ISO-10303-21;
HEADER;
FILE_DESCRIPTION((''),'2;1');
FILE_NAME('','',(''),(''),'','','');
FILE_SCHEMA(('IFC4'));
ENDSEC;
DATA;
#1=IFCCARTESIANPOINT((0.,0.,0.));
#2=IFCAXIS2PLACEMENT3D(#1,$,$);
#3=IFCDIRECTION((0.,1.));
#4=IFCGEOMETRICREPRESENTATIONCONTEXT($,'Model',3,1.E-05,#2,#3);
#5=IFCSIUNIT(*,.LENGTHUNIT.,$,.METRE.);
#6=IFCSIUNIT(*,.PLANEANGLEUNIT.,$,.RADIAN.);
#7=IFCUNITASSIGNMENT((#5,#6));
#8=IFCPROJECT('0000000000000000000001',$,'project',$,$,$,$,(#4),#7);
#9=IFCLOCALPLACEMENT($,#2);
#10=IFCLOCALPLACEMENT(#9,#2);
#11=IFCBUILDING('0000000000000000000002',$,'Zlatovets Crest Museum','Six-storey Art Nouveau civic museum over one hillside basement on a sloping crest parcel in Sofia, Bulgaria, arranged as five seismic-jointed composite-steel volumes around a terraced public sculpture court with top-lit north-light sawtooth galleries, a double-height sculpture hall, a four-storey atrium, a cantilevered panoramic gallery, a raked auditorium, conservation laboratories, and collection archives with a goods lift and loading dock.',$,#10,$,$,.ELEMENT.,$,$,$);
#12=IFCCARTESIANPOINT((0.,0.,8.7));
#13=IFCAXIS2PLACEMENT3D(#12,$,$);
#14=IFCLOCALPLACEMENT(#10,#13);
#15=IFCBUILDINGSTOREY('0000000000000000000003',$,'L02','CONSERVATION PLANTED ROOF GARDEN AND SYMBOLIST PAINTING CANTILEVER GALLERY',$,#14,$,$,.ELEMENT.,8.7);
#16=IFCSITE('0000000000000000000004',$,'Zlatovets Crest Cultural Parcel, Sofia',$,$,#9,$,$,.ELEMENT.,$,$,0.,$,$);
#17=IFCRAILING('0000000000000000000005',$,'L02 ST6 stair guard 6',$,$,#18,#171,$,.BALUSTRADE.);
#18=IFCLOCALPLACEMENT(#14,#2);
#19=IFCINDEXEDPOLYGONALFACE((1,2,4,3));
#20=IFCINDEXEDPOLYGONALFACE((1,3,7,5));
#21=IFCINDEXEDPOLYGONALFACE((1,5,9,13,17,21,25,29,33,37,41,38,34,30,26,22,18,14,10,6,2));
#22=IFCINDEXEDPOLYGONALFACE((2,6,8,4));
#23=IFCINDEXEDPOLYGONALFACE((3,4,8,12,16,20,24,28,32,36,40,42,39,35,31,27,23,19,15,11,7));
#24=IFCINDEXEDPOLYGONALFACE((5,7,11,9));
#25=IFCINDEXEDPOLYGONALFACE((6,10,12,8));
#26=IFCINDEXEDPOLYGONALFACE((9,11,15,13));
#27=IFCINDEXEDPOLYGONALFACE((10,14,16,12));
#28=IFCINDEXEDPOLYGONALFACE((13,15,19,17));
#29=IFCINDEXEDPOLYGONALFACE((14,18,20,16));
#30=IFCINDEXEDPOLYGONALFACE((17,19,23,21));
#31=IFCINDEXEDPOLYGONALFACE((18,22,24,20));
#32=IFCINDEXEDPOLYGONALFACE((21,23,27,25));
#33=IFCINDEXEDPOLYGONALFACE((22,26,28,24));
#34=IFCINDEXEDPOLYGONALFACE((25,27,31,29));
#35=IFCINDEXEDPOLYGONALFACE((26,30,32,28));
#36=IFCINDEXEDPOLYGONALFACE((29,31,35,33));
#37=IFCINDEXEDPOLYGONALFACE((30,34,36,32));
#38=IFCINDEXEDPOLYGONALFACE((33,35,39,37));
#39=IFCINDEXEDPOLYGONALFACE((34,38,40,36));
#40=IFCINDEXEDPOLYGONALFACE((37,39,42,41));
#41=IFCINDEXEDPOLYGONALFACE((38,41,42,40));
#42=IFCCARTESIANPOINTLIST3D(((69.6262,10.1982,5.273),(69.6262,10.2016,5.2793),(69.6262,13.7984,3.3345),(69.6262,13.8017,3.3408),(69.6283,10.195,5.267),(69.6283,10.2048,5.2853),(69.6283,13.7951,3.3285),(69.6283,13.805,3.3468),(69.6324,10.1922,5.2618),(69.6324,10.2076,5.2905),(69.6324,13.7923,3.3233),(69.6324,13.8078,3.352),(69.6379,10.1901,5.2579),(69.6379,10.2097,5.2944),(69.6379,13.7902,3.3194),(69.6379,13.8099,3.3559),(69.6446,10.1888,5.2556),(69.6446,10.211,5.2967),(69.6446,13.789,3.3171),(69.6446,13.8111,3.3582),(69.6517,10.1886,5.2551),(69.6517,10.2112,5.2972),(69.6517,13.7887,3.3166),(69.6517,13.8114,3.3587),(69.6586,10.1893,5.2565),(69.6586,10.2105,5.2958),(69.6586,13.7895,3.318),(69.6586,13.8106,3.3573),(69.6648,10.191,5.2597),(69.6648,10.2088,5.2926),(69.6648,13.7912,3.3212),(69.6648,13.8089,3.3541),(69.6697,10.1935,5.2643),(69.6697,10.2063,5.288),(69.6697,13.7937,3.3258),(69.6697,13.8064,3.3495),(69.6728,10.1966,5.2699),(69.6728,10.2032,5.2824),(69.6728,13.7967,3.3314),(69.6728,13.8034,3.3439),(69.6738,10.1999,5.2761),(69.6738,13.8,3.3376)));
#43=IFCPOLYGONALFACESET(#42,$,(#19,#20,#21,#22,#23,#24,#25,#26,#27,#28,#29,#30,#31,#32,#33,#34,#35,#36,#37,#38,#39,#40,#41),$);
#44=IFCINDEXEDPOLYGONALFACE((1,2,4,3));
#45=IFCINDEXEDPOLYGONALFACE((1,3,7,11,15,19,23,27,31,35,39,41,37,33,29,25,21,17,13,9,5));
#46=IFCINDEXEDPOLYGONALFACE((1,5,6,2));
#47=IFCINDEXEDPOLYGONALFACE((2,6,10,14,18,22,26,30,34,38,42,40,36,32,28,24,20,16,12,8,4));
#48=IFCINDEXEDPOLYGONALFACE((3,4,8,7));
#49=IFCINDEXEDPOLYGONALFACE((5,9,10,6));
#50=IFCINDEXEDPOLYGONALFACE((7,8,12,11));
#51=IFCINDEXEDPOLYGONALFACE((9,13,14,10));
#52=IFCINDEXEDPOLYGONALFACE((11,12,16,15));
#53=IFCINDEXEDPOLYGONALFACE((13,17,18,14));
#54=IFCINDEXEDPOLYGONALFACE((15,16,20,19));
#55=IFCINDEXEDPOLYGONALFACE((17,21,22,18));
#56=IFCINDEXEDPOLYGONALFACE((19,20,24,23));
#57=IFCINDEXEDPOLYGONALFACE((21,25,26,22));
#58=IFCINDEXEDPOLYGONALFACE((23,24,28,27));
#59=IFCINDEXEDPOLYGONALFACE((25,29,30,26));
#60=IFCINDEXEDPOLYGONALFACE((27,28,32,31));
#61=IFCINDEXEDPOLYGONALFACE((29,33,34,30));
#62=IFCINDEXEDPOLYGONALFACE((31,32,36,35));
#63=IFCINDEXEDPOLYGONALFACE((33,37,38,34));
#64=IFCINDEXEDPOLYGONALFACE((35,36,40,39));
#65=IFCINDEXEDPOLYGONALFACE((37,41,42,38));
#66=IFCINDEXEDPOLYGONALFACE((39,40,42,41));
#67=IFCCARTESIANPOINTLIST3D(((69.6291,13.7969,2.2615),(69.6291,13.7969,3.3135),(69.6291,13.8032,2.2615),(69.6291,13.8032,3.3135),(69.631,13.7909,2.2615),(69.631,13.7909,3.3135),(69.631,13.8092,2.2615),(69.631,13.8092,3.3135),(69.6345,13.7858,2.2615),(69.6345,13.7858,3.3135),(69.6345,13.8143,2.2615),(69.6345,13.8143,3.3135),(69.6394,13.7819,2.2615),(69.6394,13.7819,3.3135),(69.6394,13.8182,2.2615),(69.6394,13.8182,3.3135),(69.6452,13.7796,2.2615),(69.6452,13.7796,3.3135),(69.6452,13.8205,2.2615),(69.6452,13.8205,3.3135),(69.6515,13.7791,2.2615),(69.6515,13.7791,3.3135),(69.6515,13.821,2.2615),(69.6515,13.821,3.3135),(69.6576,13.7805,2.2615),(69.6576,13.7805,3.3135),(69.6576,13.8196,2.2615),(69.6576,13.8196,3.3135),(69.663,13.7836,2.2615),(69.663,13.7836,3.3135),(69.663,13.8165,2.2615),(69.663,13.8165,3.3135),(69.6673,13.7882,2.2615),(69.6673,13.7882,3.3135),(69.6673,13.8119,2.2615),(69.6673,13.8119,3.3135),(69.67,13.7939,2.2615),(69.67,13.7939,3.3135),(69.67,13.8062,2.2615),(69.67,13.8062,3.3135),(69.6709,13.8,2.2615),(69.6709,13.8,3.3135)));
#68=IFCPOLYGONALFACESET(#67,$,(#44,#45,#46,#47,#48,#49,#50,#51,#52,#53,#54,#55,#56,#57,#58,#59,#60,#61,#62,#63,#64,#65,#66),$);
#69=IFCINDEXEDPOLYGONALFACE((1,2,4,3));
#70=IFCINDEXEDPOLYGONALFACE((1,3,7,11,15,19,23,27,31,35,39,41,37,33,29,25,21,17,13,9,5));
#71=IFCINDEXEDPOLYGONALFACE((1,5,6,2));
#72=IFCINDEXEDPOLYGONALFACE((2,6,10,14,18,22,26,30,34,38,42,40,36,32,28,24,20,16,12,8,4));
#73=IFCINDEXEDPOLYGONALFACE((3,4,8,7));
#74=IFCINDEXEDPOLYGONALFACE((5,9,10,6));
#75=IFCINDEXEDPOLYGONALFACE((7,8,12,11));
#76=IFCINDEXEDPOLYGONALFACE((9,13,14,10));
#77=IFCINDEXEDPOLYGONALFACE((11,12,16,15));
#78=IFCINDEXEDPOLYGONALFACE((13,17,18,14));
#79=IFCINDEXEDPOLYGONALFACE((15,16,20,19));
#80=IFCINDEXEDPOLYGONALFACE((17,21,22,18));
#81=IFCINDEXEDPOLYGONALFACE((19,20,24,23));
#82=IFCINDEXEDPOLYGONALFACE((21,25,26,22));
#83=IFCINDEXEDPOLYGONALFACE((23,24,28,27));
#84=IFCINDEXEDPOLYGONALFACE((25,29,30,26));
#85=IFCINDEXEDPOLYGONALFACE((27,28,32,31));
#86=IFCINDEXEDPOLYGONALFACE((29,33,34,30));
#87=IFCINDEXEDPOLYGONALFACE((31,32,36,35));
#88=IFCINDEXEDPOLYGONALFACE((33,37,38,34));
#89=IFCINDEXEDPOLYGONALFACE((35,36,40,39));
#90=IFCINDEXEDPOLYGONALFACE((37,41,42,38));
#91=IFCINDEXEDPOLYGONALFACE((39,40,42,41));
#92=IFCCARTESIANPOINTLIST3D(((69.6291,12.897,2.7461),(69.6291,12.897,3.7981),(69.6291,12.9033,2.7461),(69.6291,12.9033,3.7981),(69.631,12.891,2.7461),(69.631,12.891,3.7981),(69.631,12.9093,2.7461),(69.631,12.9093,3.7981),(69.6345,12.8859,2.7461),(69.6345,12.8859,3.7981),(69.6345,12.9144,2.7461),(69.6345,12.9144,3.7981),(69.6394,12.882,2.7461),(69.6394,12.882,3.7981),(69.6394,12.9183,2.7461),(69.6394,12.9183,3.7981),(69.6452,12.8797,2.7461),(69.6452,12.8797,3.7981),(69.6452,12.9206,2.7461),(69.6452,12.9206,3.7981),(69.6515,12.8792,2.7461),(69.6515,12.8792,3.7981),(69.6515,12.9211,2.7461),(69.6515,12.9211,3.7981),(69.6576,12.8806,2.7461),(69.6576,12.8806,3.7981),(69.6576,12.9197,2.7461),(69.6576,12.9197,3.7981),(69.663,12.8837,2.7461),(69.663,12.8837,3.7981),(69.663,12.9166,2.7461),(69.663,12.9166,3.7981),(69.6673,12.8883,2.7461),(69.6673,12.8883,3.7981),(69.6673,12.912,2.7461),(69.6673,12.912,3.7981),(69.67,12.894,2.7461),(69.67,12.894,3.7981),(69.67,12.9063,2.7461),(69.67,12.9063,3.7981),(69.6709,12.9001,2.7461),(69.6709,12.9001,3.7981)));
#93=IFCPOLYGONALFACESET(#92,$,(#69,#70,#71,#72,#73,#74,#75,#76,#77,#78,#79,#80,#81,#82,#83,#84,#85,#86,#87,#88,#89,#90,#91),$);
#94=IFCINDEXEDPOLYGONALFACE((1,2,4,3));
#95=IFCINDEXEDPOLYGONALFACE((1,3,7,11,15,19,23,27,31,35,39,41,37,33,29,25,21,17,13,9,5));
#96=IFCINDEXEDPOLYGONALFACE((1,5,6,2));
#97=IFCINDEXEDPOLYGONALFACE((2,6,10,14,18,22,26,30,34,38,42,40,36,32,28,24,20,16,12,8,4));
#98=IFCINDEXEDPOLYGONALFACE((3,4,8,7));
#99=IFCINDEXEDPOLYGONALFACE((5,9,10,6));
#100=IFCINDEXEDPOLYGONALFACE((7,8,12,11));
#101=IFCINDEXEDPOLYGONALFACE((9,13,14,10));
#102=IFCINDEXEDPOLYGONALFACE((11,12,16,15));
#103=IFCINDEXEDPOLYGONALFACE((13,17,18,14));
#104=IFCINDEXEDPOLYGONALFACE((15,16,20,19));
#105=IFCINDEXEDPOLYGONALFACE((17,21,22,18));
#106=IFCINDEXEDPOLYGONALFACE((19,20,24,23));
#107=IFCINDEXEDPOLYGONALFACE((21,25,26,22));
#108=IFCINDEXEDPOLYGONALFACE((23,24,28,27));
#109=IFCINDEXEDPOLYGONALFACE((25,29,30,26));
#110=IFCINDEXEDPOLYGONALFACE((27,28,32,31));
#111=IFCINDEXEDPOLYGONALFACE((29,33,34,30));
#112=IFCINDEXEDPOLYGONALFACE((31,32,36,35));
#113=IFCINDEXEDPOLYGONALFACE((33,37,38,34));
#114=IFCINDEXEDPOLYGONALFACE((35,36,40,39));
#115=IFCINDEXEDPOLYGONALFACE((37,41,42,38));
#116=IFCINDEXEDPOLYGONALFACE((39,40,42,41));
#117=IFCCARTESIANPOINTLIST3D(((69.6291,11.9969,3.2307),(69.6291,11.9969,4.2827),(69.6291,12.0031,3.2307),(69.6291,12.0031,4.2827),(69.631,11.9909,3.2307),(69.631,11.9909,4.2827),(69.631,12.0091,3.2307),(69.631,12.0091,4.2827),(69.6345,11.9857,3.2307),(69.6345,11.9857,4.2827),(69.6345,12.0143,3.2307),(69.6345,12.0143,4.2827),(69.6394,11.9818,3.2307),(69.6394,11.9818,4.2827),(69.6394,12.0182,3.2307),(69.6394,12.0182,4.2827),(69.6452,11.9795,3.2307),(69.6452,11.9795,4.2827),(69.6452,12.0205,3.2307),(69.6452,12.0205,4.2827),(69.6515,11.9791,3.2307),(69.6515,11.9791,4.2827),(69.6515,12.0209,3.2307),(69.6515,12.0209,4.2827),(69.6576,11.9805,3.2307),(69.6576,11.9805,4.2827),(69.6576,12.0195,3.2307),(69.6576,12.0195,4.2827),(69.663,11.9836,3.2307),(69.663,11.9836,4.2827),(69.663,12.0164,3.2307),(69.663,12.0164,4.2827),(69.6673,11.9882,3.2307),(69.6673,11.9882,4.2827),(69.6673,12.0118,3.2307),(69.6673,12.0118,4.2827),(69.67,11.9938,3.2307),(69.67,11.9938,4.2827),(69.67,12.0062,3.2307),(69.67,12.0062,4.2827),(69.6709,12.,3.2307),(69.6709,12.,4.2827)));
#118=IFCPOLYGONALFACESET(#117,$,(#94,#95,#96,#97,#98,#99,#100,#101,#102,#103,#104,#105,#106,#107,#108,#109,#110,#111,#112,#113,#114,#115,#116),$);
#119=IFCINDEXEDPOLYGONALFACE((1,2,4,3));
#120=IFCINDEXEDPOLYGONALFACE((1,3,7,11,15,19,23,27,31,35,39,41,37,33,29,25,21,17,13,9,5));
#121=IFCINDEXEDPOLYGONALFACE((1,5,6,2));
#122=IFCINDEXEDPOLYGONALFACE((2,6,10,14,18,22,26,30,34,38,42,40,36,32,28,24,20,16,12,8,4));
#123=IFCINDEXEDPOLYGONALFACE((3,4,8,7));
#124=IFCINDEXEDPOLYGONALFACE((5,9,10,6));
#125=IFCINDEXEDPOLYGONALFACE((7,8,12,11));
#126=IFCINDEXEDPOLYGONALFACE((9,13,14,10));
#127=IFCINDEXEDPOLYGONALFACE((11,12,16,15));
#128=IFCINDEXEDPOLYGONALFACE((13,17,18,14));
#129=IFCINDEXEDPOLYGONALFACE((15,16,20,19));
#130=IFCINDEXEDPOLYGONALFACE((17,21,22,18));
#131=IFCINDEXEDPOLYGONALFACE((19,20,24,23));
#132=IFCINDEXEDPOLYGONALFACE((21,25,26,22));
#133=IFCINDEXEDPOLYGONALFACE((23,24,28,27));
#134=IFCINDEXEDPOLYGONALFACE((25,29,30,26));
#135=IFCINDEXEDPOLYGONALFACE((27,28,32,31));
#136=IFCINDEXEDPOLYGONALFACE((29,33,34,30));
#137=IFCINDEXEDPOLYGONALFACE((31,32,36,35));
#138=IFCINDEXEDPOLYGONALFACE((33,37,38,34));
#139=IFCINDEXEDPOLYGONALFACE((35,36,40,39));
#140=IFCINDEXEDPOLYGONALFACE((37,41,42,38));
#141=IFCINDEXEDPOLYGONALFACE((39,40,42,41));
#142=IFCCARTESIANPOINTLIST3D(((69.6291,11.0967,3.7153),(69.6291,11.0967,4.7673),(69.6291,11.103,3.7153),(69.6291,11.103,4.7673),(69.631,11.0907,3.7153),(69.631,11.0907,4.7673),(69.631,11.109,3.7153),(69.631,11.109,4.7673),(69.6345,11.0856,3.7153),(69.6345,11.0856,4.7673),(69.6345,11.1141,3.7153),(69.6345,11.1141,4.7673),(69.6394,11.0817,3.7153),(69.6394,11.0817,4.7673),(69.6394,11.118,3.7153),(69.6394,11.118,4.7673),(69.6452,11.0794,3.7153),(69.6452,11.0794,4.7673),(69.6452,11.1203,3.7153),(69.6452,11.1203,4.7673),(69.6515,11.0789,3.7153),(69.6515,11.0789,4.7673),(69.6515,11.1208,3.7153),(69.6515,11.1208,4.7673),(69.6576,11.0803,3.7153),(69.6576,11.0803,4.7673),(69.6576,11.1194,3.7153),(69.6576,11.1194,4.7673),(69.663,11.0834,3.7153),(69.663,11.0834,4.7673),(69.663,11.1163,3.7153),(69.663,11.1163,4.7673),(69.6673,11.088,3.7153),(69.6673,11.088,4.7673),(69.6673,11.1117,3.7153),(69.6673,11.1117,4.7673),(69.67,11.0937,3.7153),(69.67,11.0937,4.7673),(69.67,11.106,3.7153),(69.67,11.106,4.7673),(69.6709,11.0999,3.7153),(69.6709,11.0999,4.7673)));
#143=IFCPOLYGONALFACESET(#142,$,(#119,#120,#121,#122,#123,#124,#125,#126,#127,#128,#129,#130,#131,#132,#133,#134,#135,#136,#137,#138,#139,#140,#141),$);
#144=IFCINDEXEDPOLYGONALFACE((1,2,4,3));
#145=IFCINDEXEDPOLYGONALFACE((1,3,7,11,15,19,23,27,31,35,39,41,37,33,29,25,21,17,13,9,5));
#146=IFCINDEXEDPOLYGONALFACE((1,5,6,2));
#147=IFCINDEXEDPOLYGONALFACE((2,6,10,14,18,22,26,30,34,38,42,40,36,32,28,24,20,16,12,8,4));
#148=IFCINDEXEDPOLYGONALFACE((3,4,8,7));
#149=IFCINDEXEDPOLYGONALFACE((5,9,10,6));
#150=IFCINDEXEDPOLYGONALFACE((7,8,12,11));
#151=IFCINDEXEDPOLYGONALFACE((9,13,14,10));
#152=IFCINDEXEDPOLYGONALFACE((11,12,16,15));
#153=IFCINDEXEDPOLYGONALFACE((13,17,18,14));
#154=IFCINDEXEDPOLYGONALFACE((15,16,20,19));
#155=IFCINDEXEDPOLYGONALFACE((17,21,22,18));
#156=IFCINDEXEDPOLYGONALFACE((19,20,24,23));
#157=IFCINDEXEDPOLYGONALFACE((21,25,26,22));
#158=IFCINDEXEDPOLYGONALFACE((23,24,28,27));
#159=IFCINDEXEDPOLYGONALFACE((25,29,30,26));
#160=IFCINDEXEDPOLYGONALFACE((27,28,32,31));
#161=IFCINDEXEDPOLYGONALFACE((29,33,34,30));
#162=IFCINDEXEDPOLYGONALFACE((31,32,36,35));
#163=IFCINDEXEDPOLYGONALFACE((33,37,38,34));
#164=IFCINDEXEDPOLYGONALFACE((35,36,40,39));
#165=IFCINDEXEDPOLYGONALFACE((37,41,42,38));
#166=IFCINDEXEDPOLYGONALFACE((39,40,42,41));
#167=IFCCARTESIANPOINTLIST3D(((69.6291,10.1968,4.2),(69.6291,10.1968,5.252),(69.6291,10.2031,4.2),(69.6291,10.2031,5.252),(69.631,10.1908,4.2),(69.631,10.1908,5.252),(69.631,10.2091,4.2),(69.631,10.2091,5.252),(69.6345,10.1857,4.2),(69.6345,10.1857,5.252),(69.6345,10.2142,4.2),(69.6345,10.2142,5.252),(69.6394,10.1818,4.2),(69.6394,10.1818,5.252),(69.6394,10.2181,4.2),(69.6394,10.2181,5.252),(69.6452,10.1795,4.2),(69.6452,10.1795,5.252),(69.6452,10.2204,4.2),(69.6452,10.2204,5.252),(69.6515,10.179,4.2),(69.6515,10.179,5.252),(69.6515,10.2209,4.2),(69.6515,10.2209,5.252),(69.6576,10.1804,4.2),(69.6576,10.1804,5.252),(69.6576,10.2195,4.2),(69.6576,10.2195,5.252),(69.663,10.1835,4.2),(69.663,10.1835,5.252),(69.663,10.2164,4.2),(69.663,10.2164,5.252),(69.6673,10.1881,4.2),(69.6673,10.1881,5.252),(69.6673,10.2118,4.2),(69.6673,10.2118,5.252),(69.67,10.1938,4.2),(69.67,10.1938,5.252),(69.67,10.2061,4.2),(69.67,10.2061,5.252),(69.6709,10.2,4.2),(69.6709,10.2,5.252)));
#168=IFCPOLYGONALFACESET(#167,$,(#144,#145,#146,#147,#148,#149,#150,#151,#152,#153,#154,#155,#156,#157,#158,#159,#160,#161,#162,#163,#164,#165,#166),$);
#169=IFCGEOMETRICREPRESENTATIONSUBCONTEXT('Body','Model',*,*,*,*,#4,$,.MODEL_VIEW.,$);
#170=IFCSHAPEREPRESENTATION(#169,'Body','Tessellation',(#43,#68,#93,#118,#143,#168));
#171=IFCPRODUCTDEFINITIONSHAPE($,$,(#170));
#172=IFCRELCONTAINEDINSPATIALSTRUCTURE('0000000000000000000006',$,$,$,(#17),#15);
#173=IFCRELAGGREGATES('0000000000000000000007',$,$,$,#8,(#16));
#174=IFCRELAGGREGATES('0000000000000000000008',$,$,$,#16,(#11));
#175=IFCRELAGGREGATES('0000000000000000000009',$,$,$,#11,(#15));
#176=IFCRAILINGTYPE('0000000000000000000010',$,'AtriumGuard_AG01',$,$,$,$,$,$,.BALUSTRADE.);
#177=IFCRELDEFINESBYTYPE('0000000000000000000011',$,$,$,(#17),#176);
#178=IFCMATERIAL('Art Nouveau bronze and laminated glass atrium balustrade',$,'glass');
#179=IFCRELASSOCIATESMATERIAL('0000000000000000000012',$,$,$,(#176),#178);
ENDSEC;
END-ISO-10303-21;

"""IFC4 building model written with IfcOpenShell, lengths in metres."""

from ifc_helpers import new_model, si_unit, direction, frame, origin, origin_2d, place, context, subcontext, project, spatial, circle, extrude, material, type_object, element, save


model = new_model("IFC4")

# Units and contexts
model_context = context("Model", 3, precision=1e-05, world=origin(), true_north=direction((0.0, 1.0)))
body_context = subcontext(model_context, "Body", "Model", "MODEL_VIEW")
ifc_project = project(units=[si_unit("LENGTHUNIT", "METRE"), si_unit("PLANEANGLEUNIT", "RADIAN")], contexts=[model_context])

# Site, building, storey
site_placement = place(None, origin())
site = spatial("IfcSite", under=ifc_project, at=site_placement, Name="Zlatovets Crest Cultural Parcel, Sofia", CompositionType="ELEMENT", RefElevation=0.0)
building_placement = place(site_placement, origin())
building = spatial("IfcBuilding", under=site, at=building_placement, Name="Zlatovets Crest Museum", Description="Six-storey Art Nouveau civic museum over one hillside basement on a sloping crest parcel in Sofia, Bulgaria, arranged as five seismic-jointed composite-steel volumes around a terraced public sculpture court with top-lit north-light sawtooth galleries, a double-height sculpture hall, a four-storey atrium, a cantilevered panoramic gallery, a raked auditorium, conservation laboratories, and collection archives with a goods lift and loading dock.", CompositionType="ELEMENT")
storey_placement = place(building_placement, frame((0.0, 0.0, 8.7)))
storey = spatial("IfcBuildingStorey", under=building, at=storey_placement, Name="L02", Description="CONSERVATION PLANTED ROOF GARDEN AND SYMBOLIST PAINTING CANTILEVER GALLERY", CompositionType="ELEMENT", Elevation=8.7)

# Railing
ifc_material_1 = material(Name="Art Nouveau bronze and laminated glass atrium balustrade", Category="glass")
railing_type_1 = type_object("IfcRailingType", Name="AtriumGuard_AG01", PredefinedType="BALUSTRADE", material=ifc_material_1)
railing_1_placement = place(storey_placement, frame((69.6499, 13.8, 2.2615)))
element("IfcRailing", 1, at=railing_1_placement, inside=storey, type_object=railing_type_1, Name="L02 ST6 stair guard 6", PredefinedType="BALUSTRADE", context=body_context, shape_type="SweptSolid", body=[
    extrude(circle(Radius=0.0239, at=origin_2d()), frame((0.0, 0.0, 1.0762), z_axis=(0.0, -0.880475, 0.474093), x_axis=(1.0, 0.0, 0.0)), (0.0, 0.0, 1.0), 4.0889),
    extrude(circle(Radius=0.021, at=origin_2d()), origin(), (0.0, 0.0, 1.0), 1.052),
    extrude(circle(Radius=0.021, at=origin_2d()), frame((0.0, -0.8999, 0.4846)), (0.0, 0.0, 1.0), 1.052),
    extrude(circle(Radius=0.021, at=origin_2d()), frame((0.0, -1.8, 0.9692)), (0.0, 0.0, 1.0), 1.052),
    extrude(circle(Radius=0.021, at=origin_2d()), frame((0.0, -2.7002, 1.4539)), (0.0, 0.0, 1.0), 1.052),
    extrude(circle(Radius=0.021, at=origin_2d()), frame((0.0, -3.6001, 1.9385)), (0.0, 0.0, 1.0), 1.052),
])

save(model, "model.ifc")
